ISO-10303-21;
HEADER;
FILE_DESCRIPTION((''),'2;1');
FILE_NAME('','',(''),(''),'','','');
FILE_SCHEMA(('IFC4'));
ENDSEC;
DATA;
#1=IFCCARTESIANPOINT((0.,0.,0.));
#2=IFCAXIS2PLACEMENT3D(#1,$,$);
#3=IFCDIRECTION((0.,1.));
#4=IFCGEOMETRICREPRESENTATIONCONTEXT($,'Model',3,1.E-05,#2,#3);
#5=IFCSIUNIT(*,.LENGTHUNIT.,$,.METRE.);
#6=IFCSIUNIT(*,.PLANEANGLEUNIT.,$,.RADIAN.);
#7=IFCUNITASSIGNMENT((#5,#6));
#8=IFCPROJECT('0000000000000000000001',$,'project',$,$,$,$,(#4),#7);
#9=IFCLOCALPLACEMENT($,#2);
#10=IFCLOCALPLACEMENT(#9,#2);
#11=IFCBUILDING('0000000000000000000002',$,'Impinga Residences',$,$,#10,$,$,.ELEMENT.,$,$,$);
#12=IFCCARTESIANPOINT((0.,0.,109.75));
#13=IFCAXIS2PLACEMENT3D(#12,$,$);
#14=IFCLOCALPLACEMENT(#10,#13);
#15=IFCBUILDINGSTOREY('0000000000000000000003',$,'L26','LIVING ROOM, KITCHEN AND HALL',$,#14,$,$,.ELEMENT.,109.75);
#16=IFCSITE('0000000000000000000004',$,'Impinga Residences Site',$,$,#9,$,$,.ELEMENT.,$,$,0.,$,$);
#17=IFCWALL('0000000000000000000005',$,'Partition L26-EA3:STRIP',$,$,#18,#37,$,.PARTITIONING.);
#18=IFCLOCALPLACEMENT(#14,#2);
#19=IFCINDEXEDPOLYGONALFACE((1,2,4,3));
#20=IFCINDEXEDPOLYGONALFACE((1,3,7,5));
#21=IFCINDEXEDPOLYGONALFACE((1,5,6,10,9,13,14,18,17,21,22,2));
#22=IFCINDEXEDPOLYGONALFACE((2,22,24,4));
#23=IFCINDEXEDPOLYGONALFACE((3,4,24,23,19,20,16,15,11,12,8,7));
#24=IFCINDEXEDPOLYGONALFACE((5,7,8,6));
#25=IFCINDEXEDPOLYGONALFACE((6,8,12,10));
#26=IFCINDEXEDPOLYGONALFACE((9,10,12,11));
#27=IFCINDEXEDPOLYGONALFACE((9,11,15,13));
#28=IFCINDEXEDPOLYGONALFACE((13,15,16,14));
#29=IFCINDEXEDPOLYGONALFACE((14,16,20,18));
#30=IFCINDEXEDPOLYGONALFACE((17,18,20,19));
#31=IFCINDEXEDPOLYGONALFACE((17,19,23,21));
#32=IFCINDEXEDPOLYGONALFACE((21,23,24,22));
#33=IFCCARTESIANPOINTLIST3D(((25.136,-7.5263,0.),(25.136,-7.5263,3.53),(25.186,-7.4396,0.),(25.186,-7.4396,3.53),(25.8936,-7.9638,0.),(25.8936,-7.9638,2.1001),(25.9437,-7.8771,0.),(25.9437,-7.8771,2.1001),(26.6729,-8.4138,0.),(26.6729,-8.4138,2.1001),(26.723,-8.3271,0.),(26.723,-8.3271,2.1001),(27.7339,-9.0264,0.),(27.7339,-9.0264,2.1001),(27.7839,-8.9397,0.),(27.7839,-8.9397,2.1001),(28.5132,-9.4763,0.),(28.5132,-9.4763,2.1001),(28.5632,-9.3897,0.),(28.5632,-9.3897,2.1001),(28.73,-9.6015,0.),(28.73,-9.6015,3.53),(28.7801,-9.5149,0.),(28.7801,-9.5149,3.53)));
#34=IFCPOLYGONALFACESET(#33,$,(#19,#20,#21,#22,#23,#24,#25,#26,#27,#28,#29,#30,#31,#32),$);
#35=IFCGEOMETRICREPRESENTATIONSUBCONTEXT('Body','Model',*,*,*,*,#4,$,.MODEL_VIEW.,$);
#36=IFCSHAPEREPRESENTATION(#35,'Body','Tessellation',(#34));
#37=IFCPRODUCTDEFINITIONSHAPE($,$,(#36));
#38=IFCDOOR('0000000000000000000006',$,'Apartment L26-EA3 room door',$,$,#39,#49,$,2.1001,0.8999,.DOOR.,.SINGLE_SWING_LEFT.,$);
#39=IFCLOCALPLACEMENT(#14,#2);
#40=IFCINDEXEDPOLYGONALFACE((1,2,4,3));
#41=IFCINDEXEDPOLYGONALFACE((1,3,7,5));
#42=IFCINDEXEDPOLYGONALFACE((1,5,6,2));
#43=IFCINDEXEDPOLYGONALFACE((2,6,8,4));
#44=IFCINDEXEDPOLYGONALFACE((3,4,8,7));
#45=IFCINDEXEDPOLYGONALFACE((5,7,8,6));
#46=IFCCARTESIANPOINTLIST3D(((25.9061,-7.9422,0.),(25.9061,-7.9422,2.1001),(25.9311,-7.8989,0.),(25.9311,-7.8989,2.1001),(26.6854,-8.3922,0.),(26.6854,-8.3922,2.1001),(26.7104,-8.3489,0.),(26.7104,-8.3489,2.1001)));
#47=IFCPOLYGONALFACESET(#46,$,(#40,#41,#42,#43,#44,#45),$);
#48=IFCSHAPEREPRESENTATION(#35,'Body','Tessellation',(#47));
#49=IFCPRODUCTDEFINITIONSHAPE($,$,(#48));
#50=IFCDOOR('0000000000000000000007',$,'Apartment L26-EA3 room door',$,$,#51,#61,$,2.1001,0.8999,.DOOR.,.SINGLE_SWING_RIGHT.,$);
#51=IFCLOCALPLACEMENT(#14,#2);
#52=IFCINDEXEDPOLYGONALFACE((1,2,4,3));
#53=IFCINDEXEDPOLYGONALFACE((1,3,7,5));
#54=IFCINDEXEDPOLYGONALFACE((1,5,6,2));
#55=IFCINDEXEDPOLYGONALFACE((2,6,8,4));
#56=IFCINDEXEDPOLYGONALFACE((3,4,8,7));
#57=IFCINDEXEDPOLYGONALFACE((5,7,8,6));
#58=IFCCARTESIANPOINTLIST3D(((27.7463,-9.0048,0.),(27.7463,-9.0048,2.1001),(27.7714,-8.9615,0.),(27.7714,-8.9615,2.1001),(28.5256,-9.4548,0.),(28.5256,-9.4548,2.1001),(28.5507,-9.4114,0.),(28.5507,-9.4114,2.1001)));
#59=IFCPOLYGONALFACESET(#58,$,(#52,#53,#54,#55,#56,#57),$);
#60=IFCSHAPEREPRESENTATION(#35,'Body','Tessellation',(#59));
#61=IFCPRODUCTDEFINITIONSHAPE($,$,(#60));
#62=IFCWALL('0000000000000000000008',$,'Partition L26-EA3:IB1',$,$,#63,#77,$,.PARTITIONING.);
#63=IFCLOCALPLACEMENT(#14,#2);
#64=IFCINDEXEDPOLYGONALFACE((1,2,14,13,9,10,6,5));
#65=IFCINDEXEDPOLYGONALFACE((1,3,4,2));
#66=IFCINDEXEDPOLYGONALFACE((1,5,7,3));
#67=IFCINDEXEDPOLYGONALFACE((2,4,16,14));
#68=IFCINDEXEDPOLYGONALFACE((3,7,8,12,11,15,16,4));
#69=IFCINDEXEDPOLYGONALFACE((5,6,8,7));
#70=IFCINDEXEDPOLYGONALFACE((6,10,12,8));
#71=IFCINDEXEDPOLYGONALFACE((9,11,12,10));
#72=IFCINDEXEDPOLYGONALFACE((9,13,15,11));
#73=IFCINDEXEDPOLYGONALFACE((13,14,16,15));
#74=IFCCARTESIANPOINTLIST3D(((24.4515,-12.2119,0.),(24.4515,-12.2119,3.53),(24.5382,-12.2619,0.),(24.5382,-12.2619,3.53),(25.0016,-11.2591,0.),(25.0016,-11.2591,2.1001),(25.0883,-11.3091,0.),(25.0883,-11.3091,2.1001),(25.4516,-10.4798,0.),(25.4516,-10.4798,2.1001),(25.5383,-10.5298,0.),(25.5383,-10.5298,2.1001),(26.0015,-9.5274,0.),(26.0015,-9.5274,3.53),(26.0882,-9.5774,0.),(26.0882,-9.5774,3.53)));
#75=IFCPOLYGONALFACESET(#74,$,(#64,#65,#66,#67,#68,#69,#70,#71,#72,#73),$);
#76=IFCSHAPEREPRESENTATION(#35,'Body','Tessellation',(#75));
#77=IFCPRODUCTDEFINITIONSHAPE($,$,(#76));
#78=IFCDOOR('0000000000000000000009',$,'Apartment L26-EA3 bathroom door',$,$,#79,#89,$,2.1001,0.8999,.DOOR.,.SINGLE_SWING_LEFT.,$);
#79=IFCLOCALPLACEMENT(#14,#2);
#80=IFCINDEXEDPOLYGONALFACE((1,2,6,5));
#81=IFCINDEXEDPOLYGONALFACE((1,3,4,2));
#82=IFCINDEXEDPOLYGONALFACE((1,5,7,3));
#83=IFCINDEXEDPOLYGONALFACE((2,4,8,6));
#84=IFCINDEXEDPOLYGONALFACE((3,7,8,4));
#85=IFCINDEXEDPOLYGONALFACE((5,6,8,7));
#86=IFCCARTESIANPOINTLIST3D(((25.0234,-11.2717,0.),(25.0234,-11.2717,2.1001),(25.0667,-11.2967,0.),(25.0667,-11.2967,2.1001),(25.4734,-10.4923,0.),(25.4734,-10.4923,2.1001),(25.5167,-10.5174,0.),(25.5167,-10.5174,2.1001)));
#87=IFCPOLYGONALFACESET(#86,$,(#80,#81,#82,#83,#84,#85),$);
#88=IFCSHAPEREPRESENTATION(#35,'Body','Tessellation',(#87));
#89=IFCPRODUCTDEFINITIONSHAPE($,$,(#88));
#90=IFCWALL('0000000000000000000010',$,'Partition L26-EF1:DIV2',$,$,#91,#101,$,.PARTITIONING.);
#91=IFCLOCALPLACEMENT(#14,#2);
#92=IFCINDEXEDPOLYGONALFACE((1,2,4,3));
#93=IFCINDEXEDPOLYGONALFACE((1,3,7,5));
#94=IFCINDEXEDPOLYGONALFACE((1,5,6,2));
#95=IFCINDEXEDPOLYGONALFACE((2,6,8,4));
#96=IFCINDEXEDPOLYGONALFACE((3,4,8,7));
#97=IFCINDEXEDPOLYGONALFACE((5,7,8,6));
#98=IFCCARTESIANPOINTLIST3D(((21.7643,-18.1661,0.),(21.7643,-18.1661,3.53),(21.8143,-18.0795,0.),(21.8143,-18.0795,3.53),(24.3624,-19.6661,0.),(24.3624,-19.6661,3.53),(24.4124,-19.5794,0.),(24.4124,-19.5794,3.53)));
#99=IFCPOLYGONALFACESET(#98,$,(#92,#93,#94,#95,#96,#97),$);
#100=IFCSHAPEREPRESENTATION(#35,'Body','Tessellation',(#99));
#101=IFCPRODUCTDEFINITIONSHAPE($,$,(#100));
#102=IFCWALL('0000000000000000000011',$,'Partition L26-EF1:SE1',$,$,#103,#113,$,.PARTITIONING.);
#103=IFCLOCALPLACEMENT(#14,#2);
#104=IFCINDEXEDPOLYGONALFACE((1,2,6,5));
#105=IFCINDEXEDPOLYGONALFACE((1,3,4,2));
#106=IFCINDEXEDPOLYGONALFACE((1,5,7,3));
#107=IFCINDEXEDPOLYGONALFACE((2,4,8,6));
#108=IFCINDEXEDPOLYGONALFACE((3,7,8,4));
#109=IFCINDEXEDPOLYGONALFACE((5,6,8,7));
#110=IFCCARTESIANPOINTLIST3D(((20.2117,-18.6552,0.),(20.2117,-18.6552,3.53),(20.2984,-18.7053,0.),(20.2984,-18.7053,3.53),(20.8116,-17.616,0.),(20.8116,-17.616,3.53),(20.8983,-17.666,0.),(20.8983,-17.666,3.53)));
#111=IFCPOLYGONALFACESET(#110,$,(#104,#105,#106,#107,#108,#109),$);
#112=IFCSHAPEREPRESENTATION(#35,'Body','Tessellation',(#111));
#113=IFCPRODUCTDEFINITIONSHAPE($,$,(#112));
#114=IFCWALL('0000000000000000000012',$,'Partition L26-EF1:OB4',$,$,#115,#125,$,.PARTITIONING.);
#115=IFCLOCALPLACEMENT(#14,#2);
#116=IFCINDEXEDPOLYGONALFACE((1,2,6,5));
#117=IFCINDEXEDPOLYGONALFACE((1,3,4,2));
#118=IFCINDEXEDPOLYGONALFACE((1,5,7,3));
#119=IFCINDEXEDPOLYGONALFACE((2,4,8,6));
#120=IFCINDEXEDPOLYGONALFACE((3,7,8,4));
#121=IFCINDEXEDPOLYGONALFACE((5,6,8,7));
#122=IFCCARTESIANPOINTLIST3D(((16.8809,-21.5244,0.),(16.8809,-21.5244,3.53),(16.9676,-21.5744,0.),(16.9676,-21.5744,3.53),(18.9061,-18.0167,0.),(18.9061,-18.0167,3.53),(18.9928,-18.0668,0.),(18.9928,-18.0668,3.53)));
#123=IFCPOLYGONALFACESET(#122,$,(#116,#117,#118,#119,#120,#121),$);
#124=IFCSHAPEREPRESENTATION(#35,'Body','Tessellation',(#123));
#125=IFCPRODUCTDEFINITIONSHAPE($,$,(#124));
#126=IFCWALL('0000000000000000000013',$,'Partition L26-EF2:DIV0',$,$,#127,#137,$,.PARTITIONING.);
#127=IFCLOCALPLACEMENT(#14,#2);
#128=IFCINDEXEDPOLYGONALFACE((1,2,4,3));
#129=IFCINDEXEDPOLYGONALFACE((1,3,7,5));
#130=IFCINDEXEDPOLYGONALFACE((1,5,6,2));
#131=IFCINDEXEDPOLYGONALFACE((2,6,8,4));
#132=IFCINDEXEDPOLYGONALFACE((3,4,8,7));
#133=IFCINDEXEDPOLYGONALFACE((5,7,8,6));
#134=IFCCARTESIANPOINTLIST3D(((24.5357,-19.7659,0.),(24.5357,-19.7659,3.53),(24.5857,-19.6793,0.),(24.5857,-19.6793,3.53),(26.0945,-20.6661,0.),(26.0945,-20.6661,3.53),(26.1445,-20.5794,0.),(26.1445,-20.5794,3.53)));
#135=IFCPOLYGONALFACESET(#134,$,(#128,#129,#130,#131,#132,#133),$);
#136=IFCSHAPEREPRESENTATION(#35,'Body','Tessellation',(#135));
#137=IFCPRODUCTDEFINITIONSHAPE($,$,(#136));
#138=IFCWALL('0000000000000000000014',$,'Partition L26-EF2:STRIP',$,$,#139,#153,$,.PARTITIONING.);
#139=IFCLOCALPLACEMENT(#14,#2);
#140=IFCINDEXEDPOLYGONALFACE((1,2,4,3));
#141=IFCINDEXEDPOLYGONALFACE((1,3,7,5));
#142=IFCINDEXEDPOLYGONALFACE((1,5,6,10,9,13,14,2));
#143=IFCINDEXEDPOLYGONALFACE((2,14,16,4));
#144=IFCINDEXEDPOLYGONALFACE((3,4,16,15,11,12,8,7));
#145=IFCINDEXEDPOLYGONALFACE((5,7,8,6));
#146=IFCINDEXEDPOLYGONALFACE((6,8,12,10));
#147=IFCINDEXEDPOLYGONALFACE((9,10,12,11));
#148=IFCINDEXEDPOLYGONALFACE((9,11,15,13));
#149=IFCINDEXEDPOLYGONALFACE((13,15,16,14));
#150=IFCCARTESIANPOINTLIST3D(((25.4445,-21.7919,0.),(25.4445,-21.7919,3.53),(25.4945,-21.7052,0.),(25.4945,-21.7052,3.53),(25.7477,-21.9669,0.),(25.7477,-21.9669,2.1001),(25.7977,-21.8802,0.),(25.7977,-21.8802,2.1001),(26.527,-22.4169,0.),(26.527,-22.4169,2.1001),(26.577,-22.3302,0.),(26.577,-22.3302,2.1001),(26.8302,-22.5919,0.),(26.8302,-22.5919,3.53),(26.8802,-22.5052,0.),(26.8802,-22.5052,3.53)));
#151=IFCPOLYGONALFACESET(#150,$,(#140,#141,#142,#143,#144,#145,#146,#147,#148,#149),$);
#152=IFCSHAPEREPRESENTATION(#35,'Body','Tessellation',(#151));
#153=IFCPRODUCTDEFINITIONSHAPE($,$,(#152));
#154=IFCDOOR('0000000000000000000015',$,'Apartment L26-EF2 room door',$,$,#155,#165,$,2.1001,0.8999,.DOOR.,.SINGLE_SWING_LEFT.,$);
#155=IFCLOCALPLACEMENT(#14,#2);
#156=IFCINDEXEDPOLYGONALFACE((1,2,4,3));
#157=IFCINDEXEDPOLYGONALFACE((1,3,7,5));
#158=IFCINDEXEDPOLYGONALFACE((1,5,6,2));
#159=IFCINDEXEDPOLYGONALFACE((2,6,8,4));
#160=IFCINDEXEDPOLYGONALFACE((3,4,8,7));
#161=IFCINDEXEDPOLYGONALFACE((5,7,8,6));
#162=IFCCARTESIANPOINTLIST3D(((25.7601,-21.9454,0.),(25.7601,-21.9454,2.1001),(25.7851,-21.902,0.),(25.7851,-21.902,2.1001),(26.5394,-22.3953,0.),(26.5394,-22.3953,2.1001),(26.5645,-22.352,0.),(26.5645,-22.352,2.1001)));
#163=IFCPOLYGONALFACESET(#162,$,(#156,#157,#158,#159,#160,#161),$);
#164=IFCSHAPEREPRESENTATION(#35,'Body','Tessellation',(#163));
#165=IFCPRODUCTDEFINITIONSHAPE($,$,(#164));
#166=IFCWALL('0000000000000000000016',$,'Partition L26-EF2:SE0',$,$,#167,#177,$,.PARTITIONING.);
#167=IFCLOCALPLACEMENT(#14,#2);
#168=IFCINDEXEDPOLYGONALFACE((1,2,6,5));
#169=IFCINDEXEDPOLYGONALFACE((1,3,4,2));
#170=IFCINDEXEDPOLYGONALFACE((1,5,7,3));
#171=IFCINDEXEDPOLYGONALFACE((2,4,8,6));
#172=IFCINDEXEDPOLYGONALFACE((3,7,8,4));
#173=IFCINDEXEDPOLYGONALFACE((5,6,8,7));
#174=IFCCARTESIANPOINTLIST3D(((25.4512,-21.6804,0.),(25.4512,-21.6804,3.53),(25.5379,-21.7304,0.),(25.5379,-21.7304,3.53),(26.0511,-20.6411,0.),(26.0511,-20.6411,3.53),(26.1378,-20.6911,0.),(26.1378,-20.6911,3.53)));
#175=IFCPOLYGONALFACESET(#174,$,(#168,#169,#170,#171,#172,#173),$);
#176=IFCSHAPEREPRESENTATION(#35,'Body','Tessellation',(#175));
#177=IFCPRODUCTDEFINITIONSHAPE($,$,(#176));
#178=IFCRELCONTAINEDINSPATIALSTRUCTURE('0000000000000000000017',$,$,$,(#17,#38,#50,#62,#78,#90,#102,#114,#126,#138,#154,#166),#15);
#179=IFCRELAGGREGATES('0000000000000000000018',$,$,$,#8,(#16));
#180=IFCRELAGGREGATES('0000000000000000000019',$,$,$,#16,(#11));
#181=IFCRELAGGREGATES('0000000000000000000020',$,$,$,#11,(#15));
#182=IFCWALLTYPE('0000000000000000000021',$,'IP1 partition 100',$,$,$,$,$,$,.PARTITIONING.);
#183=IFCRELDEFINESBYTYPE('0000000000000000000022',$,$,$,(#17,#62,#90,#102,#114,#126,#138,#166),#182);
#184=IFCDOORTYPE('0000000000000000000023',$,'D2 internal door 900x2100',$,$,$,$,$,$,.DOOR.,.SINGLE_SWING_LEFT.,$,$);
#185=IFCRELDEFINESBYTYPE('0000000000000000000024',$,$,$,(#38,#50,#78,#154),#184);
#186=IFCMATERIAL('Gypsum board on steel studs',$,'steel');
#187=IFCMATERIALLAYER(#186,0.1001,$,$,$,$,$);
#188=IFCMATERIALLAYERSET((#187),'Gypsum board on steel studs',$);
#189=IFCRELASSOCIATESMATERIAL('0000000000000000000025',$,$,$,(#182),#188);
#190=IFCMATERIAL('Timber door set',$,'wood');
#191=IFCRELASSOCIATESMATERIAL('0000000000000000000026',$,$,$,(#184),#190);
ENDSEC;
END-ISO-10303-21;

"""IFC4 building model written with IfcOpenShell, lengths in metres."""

from ifc_helpers import new_model, si_unit, direction, frame, frame_2d, origin, place, context, subcontext, project, spatial, rectangle, extrude, material, layer, layer_set, type_object, element, fill, save


model = new_model("IFC4")

# Units and contexts
model_context = context("Model", 3, precision=1e-05, world=origin(), true_north=direction((0.0, 1.0)))
body_context = subcontext(model_context, "Body", "Model", "MODEL_VIEW")
ifc_project = project(units=[si_unit("LENGTHUNIT", "METRE"), si_unit("PLANEANGLEUNIT", "RADIAN")], contexts=[model_context])

# Site, building, storey
site_placement = place(None, origin())
site = spatial("IfcSite", under=ifc_project, at=site_placement, Name="Impinga Residences Site", CompositionType="ELEMENT", RefElevation=0.0)
building_placement = place(site_placement, origin())
building = spatial("IfcBuilding", under=site, at=building_placement, Name="Impinga Residences", CompositionType="ELEMENT")
storey_placement = place(building_placement, frame((0.0, 0.0, 109.75)))
storey = spatial("IfcBuildingStorey", under=building, at=storey_placement, Name="L26", Description="LIVING ROOM, KITCHEN AND HALL", CompositionType="ELEMENT", Elevation=109.75)

# Shared definitions
ifc_material_1 = material(Name="Gypsum board on steel studs", Category="steel")
ifc_layer_1 = layer(ifc_material_1, 0.1001)
ifc_layer_set_1 = layer_set([ifc_layer_1], Name="Gypsum board on steel studs")
wall_type_1 = type_object("IfcWallType", Name="IP1 partition 100", PredefinedType="PARTITIONING", material=ifc_layer_set_1)

# Shared definitions
ifc_material_2 = material(Name="Timber door set", Category="wood")
door_type = type_object("IfcDoorType", Name="D2 internal door 900x2100", OperationType="SINGLE_SWING_LEFT", PredefinedType="DOOR", material=ifc_material_2)

# Wall, openings, doors
wall_1_placement = place(storey_placement, frame((25.1609, -7.4829, 0.0), z_axis=(0.0, 0.0, 1.0), x_axis=(0.866004, -0.500036, 0.0)))
wall_1 = element("IfcWall", 1, at=wall_1_placement, inside=storey, type_object=wall_type_1, Name="Partition L26-EA3:STRIP", PredefinedType="PARTITIONING", context=body_context, shape_type="SweptSolid", body=[
    extrude(rectangle(XDim=4.1501, YDim=0.1001, at=frame_2d((2.0752, 0.0))), origin(), (0.0, 0.0, 1.0), 3.53),
])
opening_1_placement = place(wall_1_placement, frame((0.875, 0.0, 0.0)))
opening_1 = element("IfcOpeningElement", 2, at=opening_1_placement, cuts=wall_1, PredefinedType="OPENING", context=body_context, shape_type="SweptSolid", body=[
    extrude(rectangle(XDim=0.8999, YDim=2.1001, at=frame_2d((0.45, 1.05))), frame((0.0, 0.0601, 0.0), z_axis=(0.0, -1.0, 0.0), x_axis=(1.0, 0.0, 0.0)), (0.0, 0.0, 1.0), 0.1201),
])
opening_2_placement = place(wall_1_placement, frame((3.0, 0.0, 0.0)))
opening_2 = element("IfcOpeningElement", 3, at=opening_2_placement, cuts=wall_1, PredefinedType="OPENING", context=body_context, shape_type="SweptSolid", body=[
    extrude(rectangle(XDim=0.8999, YDim=2.1001, at=frame_2d((0.45, 1.05))), frame((0.0, 0.0601, 0.0), z_axis=(0.0, -1.0, 0.0), x_axis=(1.0, 0.0, 0.0)), (0.0, 0.0, 1.0), 0.1201),
])
door_1_placement = place(opening_1_placement, origin())
door_1 = element("IfcDoor", 4, at=door_1_placement, inside=storey, type_object=door_type, Name="Apartment L26-EA3 room door", OperationType="SINGLE_SWING_LEFT", OverallHeight=2.1001, OverallWidth=0.8999, PredefinedType="DOOR", context=body_context, shape_type="SweptSolid", body=[
    extrude(rectangle(XDim=0.8999, YDim=2.1001, at=frame_2d((0.45, 1.05))), frame((0.0, 0.0249, 0.0), z_axis=(0.0, -1.0, 0.0), x_axis=(1.0, 0.0, 0.0)), (0.0, 0.0, 1.0), 0.05),
])
fill(opening_1, door_1)
door_2_placement = place(opening_2_placement, origin())
door_2 = element("IfcDoor", 5, at=door_2_placement, inside=storey, type_object=door_type, Name="Apartment L26-EA3 room door", OperationType="SINGLE_SWING_RIGHT", OverallHeight=2.1001, OverallWidth=0.8999, PredefinedType="DOOR", context=body_context, shape_type="SweptSolid", body=[
    extrude(rectangle(XDim=0.8999, YDim=2.1001, at=frame_2d((0.45, 1.05))), frame((0.0, 0.0249, 0.0), z_axis=(0.0, -1.0, 0.0), x_axis=(1.0, 0.0, 0.0)), (0.0, 0.0, 1.0), 0.05),
])
fill(opening_2, door_2)

# Wall, opening, door
wall_2_placement = place(storey_placement, frame((24.4949, -12.2368, 0.0), z_axis=(0.0, 0.0, 1.0), x_axis=(0.500027, 0.86601, 0.0)))
wall_2 = element("IfcWall", 6, at=wall_2_placement, inside=storey, type_object=wall_type_1, Name="Partition L26-EA3:IB1", PredefinedType="PARTITIONING", context=body_context, shape_type="SweptSolid", body=[
    extrude(rectangle(XDim=3.0999, YDim=0.1001, at=frame_2d((1.5498, 0.0))), origin(), (0.0, 0.0, 1.0), 3.53),
])
opening_3_placement = place(wall_2_placement, frame((1.1001, 0.0, 0.0)))
opening_3 = element("IfcOpeningElement", 7, at=opening_3_placement, cuts=wall_2, PredefinedType="OPENING", context=body_context, shape_type="SweptSolid", body=[
    extrude(rectangle(XDim=0.8999, YDim=2.1001, at=frame_2d((0.45, 1.05))), frame((0.0, 0.0601, 0.0), z_axis=(0.0, -1.0, 0.0), x_axis=(1.0, 0.0, 0.0)), (0.0, 0.0, 1.0), 0.1201),
])
door_3_placement = place(opening_3_placement, origin())
door_3 = element("IfcDoor", 8, at=door_3_placement, inside=storey, type_object=door_type, Name="Apartment L26-EA3 bathroom door", OperationType="SINGLE_SWING_LEFT", OverallHeight=2.1001, OverallWidth=0.8999, PredefinedType="DOOR", context=body_context, shape_type="SweptSolid", body=[
    extrude(rectangle(XDim=0.8999, YDim=2.1001, at=frame_2d((0.45, 1.05))), frame((0.0, 0.0249, 0.0), z_axis=(0.0, -1.0, 0.0), x_axis=(1.0, 0.0, 0.0)), (0.0, 0.0, 1.0), 0.05),
])
fill(opening_3, door_3)

# Walls
wall_3_placement = place(storey_placement, frame((21.7893, -18.1228, 0.0), z_axis=(0.0, 0.0, 1.0), x_axis=(0.866031, -0.49999, 0.0)))
element("IfcWall", 9, at=wall_3_placement, inside=storey, type_object=wall_type_1, Name="Partition L26-EF1:DIV2", PredefinedType="PARTITIONING", context=body_context, shape_type="SweptSolid", body=[
    extrude(rectangle(XDim=3.0, YDim=0.1001, at=frame_2d((1.5, 0.0))), origin(), (0.0, 0.0, 1.0), 3.53),
])
wall_4_placement = place(storey_placement, frame((20.855, -17.6409, 0.0), z_axis=(0.0, 0.0, 1.0), x_axis=(-0.499881, -0.866094, 0.0)))
element("IfcWall", 10, at=wall_4_placement, inside=storey, type_object=wall_type_1, Name="Partition L26-EF1:SE1", PredefinedType="PARTITIONING", context=body_context, shape_type="SweptSolid", body=[
    extrude(rectangle(XDim=1.2, YDim=0.1001, at=frame_2d((0.6001, 0.0))), origin(), (0.0, 0.0, 1.0), 3.53),
])
wall_5_placement = place(storey_placement, frame((18.9495, -18.0417, 0.0), z_axis=(0.0, 0.0, 1.0), x_axis=(-0.500009, -0.86602, 0.0)))
element("IfcWall", 11, at=wall_5_placement, inside=storey, type_object=wall_type_1, Name="Partition L26-EF1:OB4", PredefinedType="PARTITIONING", context=body_context, shape_type="SweptSolid", body=[
    extrude(rectangle(XDim=4.0503, YDim=0.1001, at=frame_2d((2.0251, 0.0))), origin(), (0.0, 0.0, 1.0), 3.53),
])
wall_6_placement = place(storey_placement, frame((24.5608, -19.7227, 0.0), z_axis=(0.0, 0.0, 1.0), x_axis=(0.865989, -0.500063, 0.0)))
element("IfcWall", 12, at=wall_6_placement, inside=storey, type_object=wall_type_1, Name="Partition L26-EF2:DIV0", PredefinedType="PARTITIONING", context=body_context, shape_type="SweptSolid", body=[
    extrude(rectangle(XDim=1.8, YDim=0.1001, at=frame_2d((0.8999, 0.0))), origin(), (0.0, 0.0, 1.0), 3.53),
])

# Wall, opening, door
wall_7_placement = place(storey_placement, frame((25.4695, -21.7485, 0.0), z_axis=(0.0, 0.0, 1.0), x_axis=(0.866028, -0.499995, 0.0)))
wall_7 = element("IfcWall", 13, at=wall_7_placement, inside=storey, type_object=wall_type_1, Name="Partition L26-EF2:STRIP", PredefinedType="PARTITIONING", context=body_context, shape_type="SweptSolid", body=[
    extrude(rectangle(XDim=1.6001, YDim=0.1001, at=frame_2d((0.8, 0.0))), origin(), (0.0, 0.0, 1.0), 3.53),
])
opening_4_placement = place(wall_7_placement, frame((0.3501, 0.0, 0.0)))
opening_4 = element("IfcOpeningElement", 14, at=opening_4_placement, cuts=wall_7, PredefinedType="OPENING", context=body_context, shape_type="SweptSolid", body=[
    extrude(rectangle(XDim=0.8999, YDim=2.1001, at=frame_2d((0.45, 1.05))), frame((0.0, 0.0601, 0.0), z_axis=(0.0, -1.0, 0.0), x_axis=(1.0, 0.0, 0.0)), (0.0, 0.0, 1.0), 0.1201),
])
door_4_placement = place(opening_4_placement, origin())
door_4 = element("IfcDoor", 15, at=door_4_placement, inside=storey, type_object=door_type, Name="Apartment L26-EF2 room door", OperationType="SINGLE_SWING_LEFT", OverallHeight=2.1001, OverallWidth=0.8999, PredefinedType="DOOR", context=body_context, shape_type="SweptSolid", body=[
    extrude(rectangle(XDim=0.8999, YDim=2.1001, at=frame_2d((0.45, 1.05))), frame((0.0, 0.0249, 0.0), z_axis=(0.0, -1.0, 0.0), x_axis=(1.0, 0.0, 0.0)), (0.0, 0.0, 1.0), 0.05),
])
fill(opening_4, door_4)

# Wall
wall_8_placement = place(storey_placement, frame((26.0945, -20.666, 0.0), z_axis=(0.0, 0.0, 1.0), x_axis=(-0.499881, -0.866094, 0.0)))
element("IfcWall", 16, at=wall_8_placement, inside=storey, type_object=wall_type_1, Name="Partition L26-EF2:SE0", PredefinedType="PARTITIONING", context=body_context, shape_type="SweptSolid", body=[
    extrude(rectangle(XDim=1.2, YDim=0.1001, at=frame_2d((0.6001, 0.0))), origin(), (0.0, 0.0, 1.0), 3.53),
])

save(model, "model.ifc")
